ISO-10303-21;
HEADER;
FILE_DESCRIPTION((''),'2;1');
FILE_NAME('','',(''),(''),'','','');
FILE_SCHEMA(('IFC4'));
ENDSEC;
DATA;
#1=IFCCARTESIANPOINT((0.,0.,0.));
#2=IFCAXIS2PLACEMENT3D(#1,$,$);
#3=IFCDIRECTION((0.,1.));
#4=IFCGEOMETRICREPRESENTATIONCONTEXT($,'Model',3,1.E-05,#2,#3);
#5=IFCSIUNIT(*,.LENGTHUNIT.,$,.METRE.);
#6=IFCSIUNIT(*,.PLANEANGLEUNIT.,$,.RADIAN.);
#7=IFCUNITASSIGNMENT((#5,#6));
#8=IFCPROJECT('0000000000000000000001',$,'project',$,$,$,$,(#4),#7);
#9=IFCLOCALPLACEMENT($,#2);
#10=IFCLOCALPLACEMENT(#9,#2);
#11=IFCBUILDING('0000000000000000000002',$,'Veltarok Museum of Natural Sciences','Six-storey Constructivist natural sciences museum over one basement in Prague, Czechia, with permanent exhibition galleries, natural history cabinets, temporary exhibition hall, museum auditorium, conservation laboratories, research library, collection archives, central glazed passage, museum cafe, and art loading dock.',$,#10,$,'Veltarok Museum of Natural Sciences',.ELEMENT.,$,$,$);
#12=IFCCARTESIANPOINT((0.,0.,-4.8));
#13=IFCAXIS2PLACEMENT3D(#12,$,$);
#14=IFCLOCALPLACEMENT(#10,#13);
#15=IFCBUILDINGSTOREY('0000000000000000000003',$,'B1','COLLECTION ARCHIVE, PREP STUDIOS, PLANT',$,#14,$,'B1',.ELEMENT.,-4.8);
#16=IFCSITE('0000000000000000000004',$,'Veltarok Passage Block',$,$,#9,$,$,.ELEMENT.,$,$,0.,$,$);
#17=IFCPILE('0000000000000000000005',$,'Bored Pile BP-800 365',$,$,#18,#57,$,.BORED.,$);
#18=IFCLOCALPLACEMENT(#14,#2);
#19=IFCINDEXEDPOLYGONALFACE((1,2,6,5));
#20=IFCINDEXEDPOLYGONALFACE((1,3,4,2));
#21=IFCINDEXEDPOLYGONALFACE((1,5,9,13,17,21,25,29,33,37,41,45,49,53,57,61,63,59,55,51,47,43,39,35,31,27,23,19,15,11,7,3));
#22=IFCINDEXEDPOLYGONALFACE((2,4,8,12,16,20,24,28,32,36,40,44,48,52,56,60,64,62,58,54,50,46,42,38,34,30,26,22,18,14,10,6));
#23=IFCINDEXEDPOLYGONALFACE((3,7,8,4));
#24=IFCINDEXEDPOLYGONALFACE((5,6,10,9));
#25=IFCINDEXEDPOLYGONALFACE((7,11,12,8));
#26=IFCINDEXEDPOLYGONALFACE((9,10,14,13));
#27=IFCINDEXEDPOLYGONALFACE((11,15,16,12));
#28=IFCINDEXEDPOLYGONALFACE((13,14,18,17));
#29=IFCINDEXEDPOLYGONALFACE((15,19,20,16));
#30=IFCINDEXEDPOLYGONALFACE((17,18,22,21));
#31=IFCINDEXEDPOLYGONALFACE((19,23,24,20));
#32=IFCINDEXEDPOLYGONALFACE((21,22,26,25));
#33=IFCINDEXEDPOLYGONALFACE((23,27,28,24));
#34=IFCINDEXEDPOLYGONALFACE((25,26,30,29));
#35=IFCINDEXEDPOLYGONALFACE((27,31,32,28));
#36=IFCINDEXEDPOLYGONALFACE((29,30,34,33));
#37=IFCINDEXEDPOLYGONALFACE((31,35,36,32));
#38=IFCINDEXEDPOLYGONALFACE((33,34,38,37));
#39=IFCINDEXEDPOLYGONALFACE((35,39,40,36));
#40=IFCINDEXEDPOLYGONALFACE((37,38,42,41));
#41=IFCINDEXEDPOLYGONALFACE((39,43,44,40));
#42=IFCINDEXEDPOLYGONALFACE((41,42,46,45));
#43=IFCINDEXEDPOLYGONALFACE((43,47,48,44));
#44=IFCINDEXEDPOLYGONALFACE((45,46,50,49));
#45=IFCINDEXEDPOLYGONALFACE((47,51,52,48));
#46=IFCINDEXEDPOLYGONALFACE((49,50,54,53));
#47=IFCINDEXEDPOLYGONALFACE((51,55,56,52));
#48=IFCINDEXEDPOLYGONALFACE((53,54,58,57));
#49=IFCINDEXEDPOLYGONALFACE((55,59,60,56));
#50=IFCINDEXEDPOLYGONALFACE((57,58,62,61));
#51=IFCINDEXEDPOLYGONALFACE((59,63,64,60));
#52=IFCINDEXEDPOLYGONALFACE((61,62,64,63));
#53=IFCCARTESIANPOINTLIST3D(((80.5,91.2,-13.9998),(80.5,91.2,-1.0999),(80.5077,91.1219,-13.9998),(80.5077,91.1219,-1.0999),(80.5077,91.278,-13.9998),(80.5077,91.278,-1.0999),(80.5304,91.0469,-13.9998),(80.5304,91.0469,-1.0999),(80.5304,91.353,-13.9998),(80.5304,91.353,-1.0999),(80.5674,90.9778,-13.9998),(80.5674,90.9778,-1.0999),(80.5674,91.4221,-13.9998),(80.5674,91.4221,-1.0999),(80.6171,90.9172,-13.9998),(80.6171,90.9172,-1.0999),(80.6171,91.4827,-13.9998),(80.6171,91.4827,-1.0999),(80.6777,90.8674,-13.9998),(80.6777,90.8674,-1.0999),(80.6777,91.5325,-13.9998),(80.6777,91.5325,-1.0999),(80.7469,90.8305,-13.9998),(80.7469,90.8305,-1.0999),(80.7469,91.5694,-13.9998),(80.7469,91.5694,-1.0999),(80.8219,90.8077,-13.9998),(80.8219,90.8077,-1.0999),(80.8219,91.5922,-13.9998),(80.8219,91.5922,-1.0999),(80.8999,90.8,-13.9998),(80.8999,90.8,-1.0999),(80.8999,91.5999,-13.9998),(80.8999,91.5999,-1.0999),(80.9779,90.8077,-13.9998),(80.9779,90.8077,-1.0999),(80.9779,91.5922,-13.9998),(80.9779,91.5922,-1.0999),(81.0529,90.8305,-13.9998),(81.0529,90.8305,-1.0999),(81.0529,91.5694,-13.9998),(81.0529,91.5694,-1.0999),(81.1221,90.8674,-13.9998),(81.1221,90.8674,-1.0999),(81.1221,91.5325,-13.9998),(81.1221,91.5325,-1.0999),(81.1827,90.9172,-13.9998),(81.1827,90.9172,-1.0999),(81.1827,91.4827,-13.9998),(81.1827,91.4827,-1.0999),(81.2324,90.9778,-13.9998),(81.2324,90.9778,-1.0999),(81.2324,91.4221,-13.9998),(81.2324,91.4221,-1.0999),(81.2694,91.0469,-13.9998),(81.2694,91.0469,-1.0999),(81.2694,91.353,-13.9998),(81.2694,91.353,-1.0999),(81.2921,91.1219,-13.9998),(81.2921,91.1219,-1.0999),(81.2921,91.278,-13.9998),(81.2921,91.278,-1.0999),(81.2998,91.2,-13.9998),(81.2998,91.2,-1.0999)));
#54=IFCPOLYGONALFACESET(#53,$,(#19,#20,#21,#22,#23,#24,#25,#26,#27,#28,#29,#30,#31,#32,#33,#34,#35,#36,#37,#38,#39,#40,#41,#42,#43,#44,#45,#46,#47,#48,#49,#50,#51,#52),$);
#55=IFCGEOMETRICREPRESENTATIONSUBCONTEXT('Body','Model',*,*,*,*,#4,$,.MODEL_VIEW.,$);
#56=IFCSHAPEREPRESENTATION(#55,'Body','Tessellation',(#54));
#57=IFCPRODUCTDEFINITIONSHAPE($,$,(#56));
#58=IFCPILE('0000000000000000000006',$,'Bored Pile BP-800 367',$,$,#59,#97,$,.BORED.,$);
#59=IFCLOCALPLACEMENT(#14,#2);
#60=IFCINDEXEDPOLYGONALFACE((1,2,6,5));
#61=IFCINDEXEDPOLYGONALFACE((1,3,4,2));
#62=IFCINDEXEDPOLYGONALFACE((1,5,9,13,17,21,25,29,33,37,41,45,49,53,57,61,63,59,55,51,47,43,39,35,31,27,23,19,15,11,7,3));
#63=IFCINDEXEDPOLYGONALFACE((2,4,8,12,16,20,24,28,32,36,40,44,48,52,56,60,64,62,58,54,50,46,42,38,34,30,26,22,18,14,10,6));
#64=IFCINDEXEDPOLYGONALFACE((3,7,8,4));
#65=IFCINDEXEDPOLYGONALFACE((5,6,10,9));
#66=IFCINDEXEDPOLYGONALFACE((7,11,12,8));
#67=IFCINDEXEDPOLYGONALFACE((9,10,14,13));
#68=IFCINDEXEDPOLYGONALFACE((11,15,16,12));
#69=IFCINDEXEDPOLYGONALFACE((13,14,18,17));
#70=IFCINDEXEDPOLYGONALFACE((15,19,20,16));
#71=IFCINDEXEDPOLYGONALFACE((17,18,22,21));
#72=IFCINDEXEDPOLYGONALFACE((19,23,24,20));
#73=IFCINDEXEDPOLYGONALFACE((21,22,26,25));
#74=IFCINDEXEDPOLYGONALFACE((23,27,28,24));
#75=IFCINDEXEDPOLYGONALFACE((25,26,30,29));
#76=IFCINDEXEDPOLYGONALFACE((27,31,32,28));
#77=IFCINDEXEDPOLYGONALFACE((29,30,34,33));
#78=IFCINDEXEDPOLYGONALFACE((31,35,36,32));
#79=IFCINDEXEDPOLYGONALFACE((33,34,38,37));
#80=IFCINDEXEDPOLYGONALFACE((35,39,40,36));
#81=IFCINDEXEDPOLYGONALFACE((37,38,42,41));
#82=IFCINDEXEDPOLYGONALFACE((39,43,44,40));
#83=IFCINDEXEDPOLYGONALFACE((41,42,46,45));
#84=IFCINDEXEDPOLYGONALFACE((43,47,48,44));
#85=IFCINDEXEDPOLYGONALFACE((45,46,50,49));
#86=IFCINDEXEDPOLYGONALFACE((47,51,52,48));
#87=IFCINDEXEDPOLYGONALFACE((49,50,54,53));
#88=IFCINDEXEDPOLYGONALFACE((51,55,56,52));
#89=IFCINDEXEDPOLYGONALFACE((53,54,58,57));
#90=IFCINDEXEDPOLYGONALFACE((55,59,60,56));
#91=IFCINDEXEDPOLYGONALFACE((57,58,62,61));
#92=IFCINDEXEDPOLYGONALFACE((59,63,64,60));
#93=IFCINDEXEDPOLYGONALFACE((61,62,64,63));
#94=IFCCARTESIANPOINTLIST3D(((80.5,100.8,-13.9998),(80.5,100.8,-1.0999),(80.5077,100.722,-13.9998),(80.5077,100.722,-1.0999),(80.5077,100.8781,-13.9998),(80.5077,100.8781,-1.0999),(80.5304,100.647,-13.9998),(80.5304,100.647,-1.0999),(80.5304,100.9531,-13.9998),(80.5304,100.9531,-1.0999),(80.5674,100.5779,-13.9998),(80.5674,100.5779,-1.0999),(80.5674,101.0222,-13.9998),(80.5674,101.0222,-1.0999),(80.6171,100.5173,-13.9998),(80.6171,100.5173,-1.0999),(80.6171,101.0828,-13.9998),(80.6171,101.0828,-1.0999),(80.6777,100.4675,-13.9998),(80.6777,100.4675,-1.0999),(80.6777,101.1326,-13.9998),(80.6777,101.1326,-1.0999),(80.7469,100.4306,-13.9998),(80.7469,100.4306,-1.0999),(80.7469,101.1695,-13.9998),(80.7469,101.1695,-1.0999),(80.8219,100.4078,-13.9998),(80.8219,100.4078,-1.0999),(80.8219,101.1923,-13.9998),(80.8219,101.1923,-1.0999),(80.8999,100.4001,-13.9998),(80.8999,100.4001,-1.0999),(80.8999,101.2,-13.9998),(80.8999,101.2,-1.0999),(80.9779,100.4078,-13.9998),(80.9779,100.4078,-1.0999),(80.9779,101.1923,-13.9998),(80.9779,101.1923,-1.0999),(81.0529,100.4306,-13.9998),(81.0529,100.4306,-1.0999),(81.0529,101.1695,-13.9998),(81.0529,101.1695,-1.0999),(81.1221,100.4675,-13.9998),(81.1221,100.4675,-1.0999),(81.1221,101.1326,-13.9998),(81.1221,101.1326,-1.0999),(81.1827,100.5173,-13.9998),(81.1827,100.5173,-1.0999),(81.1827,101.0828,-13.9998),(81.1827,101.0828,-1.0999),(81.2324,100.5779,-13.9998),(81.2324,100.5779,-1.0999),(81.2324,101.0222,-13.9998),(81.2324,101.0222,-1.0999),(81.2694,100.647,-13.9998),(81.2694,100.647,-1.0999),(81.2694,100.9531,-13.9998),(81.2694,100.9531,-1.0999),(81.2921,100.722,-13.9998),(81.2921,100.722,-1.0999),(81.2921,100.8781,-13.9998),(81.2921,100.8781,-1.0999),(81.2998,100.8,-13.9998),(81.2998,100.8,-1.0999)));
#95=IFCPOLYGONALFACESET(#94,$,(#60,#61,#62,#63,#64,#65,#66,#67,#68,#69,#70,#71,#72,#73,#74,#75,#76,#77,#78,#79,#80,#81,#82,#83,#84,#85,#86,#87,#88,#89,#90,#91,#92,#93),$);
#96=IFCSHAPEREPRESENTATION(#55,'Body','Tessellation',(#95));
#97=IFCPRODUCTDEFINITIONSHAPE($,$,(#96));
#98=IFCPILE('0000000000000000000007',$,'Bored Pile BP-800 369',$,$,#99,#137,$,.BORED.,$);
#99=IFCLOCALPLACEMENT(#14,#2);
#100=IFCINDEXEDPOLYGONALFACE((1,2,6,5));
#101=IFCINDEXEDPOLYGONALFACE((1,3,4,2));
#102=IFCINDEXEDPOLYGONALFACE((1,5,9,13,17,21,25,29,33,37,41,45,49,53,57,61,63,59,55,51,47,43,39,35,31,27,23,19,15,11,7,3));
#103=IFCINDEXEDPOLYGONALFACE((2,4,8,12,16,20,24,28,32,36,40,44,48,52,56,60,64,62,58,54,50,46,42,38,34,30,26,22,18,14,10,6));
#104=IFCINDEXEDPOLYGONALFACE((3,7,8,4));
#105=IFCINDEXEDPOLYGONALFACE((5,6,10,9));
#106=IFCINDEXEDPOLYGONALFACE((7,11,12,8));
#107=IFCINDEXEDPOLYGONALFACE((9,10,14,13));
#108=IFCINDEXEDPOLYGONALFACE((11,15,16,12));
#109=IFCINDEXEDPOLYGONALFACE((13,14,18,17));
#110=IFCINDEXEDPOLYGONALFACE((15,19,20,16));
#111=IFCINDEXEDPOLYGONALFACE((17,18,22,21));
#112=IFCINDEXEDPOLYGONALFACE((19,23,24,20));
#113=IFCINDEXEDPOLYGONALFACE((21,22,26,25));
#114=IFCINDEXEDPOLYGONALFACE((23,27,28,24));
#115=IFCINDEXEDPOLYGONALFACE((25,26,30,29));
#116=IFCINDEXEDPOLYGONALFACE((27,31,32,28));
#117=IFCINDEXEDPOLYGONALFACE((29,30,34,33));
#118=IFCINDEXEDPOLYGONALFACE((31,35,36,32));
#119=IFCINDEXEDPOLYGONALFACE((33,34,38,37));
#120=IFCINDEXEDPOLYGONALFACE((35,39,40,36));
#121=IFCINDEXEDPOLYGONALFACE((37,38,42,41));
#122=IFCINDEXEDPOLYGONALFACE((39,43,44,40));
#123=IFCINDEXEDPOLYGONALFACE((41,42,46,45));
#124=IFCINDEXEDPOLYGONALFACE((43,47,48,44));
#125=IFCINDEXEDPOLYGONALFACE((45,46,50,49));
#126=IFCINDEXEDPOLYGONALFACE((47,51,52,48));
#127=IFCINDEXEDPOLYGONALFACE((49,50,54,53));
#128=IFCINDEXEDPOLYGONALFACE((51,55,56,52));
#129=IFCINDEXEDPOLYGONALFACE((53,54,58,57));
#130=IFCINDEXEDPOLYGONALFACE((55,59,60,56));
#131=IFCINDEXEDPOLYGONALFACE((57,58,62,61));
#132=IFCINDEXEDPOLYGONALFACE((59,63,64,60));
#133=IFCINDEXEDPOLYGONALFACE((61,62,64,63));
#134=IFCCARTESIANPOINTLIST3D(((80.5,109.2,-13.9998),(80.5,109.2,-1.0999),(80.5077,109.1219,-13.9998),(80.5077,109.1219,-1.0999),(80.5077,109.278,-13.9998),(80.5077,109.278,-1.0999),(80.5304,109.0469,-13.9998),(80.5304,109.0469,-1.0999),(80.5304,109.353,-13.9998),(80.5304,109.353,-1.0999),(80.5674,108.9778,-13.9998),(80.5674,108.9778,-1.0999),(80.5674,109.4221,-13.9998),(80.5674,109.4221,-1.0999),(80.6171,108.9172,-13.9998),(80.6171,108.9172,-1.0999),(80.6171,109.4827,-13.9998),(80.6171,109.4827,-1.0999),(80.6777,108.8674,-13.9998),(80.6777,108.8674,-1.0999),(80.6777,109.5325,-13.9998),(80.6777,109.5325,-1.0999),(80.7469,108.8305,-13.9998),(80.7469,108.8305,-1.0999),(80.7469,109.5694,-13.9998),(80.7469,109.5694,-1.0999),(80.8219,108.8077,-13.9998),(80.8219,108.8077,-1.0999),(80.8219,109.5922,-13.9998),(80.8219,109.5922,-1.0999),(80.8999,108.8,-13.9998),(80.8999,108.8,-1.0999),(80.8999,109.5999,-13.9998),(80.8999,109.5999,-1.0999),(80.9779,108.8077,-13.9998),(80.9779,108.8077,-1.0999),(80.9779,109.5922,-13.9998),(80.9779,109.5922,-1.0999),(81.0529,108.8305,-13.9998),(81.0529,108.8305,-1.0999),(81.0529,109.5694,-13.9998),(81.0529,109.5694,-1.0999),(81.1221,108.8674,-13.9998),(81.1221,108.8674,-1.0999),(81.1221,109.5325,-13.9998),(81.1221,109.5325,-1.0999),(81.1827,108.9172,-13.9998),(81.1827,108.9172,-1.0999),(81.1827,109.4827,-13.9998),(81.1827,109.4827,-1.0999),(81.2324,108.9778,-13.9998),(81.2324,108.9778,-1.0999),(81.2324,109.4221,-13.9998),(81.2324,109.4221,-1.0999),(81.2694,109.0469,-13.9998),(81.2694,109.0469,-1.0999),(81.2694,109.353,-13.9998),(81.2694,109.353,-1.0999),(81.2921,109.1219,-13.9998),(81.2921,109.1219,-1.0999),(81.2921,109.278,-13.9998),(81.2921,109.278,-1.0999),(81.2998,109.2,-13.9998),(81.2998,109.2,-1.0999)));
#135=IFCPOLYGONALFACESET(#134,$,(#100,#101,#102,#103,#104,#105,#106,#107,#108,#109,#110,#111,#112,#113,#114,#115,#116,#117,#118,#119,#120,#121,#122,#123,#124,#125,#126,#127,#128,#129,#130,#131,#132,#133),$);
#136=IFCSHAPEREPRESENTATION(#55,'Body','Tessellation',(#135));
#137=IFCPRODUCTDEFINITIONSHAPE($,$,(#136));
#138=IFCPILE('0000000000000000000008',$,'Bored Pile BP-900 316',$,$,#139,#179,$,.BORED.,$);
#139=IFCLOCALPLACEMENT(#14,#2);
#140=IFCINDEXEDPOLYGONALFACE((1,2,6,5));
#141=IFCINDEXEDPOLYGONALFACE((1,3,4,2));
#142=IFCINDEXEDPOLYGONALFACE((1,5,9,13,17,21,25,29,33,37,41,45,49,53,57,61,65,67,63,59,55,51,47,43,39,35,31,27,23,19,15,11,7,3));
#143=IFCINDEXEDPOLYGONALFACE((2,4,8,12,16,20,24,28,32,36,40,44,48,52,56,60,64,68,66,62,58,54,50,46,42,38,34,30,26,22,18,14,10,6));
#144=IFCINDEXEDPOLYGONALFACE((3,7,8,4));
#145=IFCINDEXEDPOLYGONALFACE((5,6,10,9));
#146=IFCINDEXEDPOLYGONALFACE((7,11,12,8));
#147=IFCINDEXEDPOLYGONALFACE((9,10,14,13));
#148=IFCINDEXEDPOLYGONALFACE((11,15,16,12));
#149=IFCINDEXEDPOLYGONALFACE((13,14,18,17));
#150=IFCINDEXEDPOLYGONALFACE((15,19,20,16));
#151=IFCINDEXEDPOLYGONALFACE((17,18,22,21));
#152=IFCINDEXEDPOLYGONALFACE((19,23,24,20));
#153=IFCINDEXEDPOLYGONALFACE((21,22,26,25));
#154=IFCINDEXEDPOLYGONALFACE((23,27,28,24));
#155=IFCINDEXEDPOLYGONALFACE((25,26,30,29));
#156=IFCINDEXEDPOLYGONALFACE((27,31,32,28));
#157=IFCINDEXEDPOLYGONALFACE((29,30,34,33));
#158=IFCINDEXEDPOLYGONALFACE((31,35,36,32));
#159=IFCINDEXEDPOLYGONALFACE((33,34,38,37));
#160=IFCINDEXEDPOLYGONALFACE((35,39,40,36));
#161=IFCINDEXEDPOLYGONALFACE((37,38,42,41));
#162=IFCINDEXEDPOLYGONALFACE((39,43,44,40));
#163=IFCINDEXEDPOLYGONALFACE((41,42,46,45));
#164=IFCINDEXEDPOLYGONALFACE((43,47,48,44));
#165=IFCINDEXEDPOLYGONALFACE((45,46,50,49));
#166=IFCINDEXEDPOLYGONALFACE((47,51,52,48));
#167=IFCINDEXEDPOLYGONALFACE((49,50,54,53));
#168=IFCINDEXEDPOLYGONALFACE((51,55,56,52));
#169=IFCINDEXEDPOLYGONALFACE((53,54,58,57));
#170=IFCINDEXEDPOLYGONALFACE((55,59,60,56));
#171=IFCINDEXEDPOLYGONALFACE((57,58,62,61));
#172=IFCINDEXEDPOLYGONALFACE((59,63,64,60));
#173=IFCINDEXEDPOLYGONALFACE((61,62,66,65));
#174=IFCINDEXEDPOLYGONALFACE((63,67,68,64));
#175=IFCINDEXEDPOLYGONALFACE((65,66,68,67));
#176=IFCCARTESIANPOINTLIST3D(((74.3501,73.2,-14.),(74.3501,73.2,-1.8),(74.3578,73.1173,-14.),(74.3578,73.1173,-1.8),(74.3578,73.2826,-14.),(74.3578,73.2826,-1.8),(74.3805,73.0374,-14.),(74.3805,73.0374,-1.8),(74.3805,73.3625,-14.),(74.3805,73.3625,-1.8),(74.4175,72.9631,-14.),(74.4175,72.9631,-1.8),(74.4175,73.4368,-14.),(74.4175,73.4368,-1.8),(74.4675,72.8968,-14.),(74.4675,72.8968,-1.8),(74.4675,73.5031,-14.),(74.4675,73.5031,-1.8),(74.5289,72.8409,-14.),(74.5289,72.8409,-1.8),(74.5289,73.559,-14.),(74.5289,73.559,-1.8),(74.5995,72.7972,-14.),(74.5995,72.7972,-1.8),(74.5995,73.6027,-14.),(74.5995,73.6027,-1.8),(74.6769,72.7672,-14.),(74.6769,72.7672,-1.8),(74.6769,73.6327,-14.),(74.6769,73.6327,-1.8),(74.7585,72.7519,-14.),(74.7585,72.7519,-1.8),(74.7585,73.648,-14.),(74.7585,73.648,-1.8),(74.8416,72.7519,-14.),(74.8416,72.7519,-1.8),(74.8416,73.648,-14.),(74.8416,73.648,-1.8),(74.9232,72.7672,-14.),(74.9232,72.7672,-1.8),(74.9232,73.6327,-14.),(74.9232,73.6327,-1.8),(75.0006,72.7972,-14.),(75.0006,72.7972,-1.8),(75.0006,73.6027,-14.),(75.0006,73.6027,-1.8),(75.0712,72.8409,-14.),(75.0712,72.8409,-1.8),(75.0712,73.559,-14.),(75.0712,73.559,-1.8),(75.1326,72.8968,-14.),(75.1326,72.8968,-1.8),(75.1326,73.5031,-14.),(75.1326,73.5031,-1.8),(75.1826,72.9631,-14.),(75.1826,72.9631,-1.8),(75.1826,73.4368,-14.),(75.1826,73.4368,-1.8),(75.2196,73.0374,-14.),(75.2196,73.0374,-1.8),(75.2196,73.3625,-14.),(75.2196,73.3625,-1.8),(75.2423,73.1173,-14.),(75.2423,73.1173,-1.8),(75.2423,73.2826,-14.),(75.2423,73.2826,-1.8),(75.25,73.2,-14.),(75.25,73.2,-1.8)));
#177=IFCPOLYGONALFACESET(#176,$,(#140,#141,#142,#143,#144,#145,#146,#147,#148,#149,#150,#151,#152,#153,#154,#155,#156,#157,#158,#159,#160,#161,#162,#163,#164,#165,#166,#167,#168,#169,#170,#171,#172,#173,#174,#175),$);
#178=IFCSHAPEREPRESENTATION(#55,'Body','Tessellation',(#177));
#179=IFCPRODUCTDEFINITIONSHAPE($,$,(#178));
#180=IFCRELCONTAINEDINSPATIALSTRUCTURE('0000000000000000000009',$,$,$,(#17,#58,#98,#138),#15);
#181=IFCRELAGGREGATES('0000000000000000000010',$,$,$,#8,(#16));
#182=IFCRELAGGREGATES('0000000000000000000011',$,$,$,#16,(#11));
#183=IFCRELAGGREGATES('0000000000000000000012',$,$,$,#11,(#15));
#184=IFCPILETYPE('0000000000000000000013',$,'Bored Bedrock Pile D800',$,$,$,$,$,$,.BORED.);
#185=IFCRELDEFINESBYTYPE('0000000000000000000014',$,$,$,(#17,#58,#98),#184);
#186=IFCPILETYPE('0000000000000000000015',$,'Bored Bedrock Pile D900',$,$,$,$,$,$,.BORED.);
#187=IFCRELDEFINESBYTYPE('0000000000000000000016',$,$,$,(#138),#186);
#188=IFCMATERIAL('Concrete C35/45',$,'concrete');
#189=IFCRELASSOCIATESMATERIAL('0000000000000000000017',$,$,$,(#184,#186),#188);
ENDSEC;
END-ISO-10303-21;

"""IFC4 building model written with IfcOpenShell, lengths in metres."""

from ifc_helpers import new_model, si_unit, direction, frame, origin, origin_2d, place, context, subcontext, project, spatial, circle, extrude, material, material_profile, profile_set, type_object, element, save


model = new_model("IFC4")

# Units and contexts
model_context = context("Model", 3, precision=1e-05, world=origin(), true_north=direction((0.0, 1.0)))
body_context = subcontext(model_context, "Body", "Model", "MODEL_VIEW")
ifc_project = project(units=[si_unit("LENGTHUNIT", "METRE"), si_unit("PLANEANGLEUNIT", "RADIAN")], contexts=[model_context])

# Site, building, storey
site_placement = place(None, origin())
site = spatial("IfcSite", under=ifc_project, at=site_placement, Name="Veltarok Passage Block", CompositionType="ELEMENT", RefElevation=0.0)
building_placement = place(site_placement, origin())
building = spatial("IfcBuilding", under=site, at=building_placement, Name="Veltarok Museum of Natural Sciences", Description="Six-storey Constructivist natural sciences museum over one basement in Prague, Czechia, with permanent exhibition galleries, natural history cabinets, temporary exhibition hall, museum auditorium, conservation laboratories, research library, collection archives, central glazed passage, museum cafe, and art loading dock.", LongName="Veltarok Museum of Natural Sciences", CompositionType="ELEMENT")
storey_placement = place(building_placement, frame((0.0, 0.0, -4.8)))
storey = spatial("IfcBuildingStorey", under=building, at=storey_placement, Name="B1", Description="COLLECTION ARCHIVE, PREP STUDIOS, PLANT", LongName="B1", CompositionType="ELEMENT", Elevation=-4.8)

# Piles
ifc_material_1 = material(Name="Concrete C35/45", Category="concrete")
ifc_material_profile_1 = material_profile(ifc_material_1, circle(Radius=0.3999, at=origin_2d()), Name="BP D800")
ifc_profile_set_1 = profile_set([ifc_material_profile_1], Name="Concrete C35/45")
pile_type_1 = type_object("IfcPileType", Name="Bored Bedrock Pile D800", PredefinedType="BORED", material=ifc_profile_set_1)
for number, where, z_axis, x_axis, name in (
    (1, (80.8999, 91.2, -1.0999), (0.0, 0.0, -1.0), (1.0, 0.0, 0.0), "Bored Pile BP-800 365"),
    (2, (80.8999, 100.8, -1.0999), (0.0, 0.0, -1.0), (1.0, 0.0, 0.0), "Bored Pile BP-800 367"),
    (3, (80.8999, 109.2, -1.0999), (0.0, 0.0, -1.0), (1.0, 0.0, 0.0), "Bored Pile BP-800 369"),
):
    element("IfcPile", number, at=place(storey_placement, frame(where, z_axis=z_axis, x_axis=x_axis)), inside=storey, type_object=pile_type_1, Name=name, PredefinedType="BORED", context=body_context, shape_type="SweptSolid", body=[
        extrude(circle(Radius=0.3999, at=origin_2d()), origin(), (0.0, 0.0, 1.0), 12.8999),
    ])
ifc_material_profile_2 = material_profile(ifc_material_1, circle(Radius=0.45, at=origin_2d()), Name="BP D900")
ifc_profile_set_2 = profile_set([ifc_material_profile_2], Name="Concrete C35/45")
pile_type_2 = type_object("IfcPileType", Name="Bored Bedrock Pile D900", PredefinedType="BORED", material=ifc_profile_set_2)
for number, where, z_axis, x_axis, name in (
    (4, (74.8, 73.2, -1.8), (0.0, 0.0, -1.0), (1.0, 0.0, 0.0), "Bored Pile BP-900 316"),
):
    element("IfcPile", number, at=place(storey_placement, frame(where, z_axis=z_axis, x_axis=x_axis)), inside=storey, type_object=pile_type_2, Name=name, PredefinedType="BORED", context=body_context, shape_type="SweptSolid", body=[
        extrude(circle(Radius=0.45, at=origin_2d()), origin(), (0.0, 0.0, 1.0), 12.2),
    ])

save(model, "model.ifc")
